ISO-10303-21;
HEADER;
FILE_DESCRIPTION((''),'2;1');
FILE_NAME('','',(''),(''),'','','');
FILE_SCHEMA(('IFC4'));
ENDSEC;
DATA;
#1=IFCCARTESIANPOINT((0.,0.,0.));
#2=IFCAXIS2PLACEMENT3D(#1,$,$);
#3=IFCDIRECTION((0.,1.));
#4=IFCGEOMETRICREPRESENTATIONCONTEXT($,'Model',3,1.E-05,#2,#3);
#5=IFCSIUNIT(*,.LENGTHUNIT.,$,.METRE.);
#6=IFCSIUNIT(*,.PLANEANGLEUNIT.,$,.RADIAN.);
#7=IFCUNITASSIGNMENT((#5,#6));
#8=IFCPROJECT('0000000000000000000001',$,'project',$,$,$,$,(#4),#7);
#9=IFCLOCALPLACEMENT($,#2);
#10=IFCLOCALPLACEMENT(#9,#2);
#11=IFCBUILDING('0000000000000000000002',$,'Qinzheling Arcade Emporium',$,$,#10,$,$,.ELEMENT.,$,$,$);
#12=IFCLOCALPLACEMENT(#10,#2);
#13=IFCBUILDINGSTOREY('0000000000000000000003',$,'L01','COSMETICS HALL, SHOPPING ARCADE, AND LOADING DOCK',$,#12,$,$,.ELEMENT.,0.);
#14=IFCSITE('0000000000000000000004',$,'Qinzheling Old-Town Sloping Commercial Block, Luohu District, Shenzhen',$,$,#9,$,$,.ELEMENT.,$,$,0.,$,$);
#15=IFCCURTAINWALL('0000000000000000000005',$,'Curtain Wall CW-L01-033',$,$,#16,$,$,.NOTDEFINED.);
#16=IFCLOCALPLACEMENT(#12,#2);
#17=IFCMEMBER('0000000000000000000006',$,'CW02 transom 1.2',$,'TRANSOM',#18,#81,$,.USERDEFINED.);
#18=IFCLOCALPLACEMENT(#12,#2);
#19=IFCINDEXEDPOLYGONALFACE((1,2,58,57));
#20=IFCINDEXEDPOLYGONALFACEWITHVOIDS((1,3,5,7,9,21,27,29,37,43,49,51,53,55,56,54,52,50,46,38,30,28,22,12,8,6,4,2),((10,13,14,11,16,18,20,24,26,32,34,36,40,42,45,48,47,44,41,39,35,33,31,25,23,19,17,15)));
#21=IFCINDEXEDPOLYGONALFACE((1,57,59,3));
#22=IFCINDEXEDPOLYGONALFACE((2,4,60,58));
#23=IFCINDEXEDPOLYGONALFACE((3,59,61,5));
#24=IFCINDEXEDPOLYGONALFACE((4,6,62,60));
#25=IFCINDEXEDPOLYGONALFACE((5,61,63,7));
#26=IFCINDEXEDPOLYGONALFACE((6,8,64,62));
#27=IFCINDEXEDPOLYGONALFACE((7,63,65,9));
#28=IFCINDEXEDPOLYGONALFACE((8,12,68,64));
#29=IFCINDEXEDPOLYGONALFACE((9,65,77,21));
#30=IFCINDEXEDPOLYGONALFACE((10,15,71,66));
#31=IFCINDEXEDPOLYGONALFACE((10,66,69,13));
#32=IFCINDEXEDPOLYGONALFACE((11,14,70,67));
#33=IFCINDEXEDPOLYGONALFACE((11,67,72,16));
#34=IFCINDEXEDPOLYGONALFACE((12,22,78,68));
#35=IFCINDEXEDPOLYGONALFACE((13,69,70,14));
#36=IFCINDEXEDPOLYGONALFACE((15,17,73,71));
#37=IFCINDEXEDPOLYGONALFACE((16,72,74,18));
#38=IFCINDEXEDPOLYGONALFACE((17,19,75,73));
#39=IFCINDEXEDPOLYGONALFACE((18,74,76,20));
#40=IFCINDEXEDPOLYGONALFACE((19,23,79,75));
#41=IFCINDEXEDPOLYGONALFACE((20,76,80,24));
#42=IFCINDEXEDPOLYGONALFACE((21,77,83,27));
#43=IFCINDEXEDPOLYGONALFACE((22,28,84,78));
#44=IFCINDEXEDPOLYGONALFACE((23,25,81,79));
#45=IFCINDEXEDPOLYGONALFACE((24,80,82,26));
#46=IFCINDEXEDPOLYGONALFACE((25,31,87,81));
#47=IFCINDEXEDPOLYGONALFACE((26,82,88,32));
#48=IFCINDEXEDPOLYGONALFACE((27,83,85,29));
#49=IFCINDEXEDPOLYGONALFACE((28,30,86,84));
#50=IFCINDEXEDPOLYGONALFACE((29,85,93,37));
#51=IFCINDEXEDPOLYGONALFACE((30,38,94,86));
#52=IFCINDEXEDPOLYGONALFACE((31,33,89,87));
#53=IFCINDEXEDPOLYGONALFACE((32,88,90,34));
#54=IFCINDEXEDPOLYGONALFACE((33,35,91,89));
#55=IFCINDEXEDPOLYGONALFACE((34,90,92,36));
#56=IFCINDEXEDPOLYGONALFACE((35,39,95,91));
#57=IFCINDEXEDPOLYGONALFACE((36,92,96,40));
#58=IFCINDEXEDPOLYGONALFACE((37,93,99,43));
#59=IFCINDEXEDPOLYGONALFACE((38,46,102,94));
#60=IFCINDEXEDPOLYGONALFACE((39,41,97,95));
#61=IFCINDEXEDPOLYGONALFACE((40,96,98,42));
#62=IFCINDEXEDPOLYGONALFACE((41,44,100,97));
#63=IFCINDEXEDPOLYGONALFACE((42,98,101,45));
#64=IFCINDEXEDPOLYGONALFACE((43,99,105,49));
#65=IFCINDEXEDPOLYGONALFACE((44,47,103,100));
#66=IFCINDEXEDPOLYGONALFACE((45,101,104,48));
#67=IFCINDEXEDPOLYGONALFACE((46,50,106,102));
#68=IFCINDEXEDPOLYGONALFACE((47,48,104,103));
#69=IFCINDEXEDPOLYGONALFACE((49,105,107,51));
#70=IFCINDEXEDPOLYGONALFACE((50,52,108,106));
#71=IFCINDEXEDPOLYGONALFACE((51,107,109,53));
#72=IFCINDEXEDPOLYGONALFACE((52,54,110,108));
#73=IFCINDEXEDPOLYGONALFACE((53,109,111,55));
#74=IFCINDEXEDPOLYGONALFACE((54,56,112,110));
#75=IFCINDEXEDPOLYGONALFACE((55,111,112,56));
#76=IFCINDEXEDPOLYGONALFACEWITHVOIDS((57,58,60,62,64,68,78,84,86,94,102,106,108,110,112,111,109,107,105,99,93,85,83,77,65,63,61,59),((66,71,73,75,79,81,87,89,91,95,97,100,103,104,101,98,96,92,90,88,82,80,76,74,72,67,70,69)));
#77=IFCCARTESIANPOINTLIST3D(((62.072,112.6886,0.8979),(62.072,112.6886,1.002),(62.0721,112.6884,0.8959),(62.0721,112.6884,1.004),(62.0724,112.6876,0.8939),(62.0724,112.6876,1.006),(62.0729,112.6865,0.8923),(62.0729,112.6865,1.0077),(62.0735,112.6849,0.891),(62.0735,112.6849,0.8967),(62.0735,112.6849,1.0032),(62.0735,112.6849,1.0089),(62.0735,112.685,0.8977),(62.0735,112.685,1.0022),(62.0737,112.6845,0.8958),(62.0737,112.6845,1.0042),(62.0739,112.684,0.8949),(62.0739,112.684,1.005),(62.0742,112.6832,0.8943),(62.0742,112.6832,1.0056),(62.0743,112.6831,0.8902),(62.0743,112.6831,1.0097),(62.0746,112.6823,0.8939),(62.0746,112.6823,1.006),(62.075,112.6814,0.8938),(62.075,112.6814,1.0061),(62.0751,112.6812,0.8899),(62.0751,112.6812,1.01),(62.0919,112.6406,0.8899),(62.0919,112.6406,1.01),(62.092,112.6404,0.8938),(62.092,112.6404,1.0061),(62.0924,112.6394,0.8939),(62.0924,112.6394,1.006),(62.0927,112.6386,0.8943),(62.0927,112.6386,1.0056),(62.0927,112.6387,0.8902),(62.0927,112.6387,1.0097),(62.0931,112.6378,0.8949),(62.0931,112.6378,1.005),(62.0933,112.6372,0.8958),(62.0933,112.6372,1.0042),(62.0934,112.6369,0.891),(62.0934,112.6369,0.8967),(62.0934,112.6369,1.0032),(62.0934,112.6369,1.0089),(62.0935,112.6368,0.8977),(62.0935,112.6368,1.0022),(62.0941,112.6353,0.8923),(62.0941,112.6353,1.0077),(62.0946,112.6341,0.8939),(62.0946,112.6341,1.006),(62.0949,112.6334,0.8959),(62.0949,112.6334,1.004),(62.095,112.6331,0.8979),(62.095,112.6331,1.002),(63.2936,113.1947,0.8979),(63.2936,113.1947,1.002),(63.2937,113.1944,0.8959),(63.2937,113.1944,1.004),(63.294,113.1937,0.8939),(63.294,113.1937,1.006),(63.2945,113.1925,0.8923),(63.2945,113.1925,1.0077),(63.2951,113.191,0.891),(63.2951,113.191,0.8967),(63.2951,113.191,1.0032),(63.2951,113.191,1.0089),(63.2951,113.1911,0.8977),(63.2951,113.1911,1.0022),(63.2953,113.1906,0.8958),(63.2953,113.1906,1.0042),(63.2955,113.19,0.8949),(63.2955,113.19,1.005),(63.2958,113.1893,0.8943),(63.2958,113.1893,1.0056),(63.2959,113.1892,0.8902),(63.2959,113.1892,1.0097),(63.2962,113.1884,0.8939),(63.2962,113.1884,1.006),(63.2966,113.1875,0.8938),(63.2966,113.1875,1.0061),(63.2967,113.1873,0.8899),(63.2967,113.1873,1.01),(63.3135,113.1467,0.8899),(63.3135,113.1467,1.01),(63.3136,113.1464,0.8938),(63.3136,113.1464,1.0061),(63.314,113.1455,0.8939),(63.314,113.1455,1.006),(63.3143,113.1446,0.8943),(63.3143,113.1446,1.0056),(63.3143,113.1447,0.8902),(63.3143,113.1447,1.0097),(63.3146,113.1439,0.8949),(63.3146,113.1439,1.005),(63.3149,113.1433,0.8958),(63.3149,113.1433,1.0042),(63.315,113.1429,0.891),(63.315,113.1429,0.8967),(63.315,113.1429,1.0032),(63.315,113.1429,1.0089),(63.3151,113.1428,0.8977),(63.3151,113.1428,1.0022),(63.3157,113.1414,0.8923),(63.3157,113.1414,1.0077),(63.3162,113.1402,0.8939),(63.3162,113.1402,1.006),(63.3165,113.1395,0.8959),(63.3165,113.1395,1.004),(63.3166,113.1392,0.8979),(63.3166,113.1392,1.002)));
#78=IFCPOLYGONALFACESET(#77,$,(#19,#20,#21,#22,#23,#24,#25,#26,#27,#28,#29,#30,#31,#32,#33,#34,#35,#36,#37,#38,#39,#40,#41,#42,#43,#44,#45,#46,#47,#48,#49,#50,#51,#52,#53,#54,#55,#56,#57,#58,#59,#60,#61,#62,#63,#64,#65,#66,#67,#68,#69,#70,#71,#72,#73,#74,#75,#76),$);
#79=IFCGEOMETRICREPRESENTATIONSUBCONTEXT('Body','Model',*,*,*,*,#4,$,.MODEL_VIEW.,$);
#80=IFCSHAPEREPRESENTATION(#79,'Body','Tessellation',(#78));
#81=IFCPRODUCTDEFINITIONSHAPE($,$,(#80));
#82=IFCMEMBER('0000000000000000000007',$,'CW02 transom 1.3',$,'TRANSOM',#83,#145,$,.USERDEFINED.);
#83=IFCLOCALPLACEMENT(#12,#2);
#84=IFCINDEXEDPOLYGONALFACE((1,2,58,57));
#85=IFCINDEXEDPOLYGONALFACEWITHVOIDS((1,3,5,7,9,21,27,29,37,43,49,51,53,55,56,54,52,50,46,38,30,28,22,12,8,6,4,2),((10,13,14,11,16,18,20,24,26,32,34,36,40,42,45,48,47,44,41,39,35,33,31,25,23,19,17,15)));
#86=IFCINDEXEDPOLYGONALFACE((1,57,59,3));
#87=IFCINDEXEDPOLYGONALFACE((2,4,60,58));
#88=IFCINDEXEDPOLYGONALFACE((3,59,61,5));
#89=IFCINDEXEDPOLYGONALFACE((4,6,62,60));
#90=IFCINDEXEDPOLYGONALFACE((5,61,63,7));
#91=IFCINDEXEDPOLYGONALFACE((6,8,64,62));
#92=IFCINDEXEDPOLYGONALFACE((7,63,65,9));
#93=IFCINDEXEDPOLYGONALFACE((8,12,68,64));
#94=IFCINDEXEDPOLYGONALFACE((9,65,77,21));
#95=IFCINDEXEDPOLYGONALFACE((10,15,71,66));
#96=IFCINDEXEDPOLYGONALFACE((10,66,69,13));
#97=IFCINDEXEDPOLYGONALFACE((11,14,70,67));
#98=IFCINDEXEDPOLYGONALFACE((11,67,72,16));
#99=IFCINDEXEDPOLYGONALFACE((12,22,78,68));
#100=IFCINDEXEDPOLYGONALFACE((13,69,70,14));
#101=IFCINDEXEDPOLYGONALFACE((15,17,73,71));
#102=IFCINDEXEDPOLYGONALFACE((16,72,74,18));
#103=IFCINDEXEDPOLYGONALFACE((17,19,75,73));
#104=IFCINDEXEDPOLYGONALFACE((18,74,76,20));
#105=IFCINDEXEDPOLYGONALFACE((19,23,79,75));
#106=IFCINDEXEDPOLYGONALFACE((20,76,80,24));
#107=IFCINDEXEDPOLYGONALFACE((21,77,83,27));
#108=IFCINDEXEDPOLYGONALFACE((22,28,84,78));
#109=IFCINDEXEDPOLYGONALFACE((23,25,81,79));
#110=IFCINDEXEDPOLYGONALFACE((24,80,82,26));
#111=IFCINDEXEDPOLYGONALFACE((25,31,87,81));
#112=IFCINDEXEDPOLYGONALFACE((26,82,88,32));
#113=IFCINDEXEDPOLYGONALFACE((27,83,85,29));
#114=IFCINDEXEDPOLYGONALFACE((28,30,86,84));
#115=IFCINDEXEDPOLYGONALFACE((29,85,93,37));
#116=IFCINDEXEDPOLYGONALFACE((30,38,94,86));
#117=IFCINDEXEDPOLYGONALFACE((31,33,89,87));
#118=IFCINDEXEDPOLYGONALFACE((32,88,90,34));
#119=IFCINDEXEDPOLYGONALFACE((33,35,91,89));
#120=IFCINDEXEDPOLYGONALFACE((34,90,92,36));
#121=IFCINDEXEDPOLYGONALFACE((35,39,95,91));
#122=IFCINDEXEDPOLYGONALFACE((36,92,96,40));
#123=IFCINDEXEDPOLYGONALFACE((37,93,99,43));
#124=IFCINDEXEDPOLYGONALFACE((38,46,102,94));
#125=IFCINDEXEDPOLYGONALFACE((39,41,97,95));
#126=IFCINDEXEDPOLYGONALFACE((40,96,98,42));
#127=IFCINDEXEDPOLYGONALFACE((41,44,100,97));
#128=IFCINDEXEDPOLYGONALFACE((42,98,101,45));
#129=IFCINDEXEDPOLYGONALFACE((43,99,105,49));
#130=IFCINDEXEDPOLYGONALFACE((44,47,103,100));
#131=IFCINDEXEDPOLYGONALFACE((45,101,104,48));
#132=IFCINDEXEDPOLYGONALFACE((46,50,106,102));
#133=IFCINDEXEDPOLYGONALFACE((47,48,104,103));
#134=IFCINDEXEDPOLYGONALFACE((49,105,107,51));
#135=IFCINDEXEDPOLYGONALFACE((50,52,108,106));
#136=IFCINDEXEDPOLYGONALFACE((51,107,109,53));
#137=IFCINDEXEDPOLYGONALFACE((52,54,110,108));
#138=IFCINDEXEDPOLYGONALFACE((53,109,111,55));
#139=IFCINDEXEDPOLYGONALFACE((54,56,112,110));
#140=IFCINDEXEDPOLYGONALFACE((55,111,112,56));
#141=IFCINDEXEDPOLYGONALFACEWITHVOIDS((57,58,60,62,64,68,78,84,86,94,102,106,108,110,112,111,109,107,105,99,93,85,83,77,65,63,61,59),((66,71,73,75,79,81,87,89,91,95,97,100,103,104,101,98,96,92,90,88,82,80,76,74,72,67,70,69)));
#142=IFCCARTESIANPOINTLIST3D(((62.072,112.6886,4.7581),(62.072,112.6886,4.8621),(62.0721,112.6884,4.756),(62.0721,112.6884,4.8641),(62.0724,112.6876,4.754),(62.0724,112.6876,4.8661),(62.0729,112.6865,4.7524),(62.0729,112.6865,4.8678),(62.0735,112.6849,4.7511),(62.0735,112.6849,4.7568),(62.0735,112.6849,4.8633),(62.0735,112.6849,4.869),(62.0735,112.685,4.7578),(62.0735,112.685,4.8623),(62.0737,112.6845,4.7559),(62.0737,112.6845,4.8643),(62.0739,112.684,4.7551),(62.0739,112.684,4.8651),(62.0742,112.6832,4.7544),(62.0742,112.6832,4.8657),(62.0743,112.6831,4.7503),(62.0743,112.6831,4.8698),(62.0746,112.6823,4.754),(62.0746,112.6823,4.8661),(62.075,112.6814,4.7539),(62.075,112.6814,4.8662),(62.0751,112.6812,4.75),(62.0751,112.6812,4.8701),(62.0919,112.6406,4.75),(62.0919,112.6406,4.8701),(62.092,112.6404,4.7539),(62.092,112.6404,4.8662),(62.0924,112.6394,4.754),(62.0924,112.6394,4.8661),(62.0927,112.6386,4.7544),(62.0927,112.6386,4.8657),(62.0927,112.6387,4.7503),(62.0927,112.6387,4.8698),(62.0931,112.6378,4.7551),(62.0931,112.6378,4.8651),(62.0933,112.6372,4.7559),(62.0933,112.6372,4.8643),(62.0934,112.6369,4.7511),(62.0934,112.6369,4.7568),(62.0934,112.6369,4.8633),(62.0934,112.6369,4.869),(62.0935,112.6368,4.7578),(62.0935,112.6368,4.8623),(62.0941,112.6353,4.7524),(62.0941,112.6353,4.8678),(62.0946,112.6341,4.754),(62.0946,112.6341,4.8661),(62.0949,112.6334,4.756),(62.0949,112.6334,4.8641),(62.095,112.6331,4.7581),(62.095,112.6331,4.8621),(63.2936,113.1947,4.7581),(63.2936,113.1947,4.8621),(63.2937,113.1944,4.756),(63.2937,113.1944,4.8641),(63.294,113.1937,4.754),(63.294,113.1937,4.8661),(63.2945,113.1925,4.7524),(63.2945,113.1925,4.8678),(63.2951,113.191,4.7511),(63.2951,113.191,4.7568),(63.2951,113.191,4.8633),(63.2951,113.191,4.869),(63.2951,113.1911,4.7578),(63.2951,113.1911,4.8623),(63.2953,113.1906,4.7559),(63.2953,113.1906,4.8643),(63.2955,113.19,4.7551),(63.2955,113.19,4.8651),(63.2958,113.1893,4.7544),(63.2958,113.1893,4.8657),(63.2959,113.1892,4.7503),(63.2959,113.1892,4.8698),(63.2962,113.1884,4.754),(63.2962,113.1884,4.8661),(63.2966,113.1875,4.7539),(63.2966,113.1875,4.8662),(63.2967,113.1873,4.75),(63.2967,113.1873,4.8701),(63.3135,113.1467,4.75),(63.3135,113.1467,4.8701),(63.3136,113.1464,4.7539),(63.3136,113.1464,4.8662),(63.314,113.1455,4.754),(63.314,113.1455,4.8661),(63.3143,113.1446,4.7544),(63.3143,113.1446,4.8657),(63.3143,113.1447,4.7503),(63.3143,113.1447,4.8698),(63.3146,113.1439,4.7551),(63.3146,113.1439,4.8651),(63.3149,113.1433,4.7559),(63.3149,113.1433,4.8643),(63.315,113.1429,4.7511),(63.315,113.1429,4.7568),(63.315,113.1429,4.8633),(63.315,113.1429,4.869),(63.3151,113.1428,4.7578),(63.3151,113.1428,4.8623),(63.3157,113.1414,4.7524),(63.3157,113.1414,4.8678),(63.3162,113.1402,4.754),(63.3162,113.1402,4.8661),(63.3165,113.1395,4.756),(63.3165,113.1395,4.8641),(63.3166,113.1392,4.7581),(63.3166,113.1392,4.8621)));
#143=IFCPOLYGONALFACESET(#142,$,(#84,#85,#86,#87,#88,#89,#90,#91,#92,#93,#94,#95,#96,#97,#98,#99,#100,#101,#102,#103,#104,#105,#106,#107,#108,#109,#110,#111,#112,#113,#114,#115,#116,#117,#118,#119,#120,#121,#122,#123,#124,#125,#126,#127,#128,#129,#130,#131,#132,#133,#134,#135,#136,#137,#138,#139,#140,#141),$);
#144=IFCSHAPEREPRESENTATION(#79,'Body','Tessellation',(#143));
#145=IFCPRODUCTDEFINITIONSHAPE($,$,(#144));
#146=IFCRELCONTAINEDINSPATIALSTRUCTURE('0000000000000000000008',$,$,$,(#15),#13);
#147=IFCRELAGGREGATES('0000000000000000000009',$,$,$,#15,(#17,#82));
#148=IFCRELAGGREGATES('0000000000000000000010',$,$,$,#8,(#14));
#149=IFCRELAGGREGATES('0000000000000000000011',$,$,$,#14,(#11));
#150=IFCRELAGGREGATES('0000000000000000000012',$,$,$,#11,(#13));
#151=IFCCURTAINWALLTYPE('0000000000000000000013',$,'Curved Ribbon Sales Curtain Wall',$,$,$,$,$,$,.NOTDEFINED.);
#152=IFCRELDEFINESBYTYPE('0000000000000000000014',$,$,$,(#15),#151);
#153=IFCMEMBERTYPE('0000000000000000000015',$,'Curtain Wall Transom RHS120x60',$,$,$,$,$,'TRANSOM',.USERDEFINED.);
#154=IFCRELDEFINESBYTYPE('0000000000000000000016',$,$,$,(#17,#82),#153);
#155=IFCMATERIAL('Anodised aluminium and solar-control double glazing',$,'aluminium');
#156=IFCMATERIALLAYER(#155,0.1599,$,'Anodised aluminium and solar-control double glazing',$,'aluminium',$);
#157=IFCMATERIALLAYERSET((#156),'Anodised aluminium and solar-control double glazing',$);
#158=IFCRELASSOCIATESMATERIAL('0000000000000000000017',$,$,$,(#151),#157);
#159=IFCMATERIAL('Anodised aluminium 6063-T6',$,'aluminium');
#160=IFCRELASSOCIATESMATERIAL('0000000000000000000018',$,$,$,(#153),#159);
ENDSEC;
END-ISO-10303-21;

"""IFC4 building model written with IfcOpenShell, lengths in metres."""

from ifc_helpers import new_model, si_unit, direction, frame, origin, origin_2d, place, context, subcontext, project, spatial, hollow_rectangle, extrude, material, layer, layer_set, material_profile, profile_set, type_object, element, aggregate, save


model = new_model("IFC4")

# Units and contexts
model_context = context("Model", 3, precision=1e-05, world=origin(), true_north=direction((0.0, 1.0)))
body_context = subcontext(model_context, "Body", "Model", "MODEL_VIEW")
ifc_project = project(units=[si_unit("LENGTHUNIT", "METRE"), si_unit("PLANEANGLEUNIT", "RADIAN")], contexts=[model_context])

# Site, building, storey
site_placement = place(None, origin())
site = spatial("IfcSite", under=ifc_project, at=site_placement, Name="Qinzheling Old-Town Sloping Commercial Block, Luohu District, Shenzhen", CompositionType="ELEMENT", RefElevation=0.0)
building_placement = place(site_placement, origin())
building = spatial("IfcBuilding", under=site, at=building_placement, Name="Qinzheling Arcade Emporium", CompositionType="ELEMENT")
storey_placement = place(building_placement, origin())
storey = spatial("IfcBuildingStorey", under=building, at=storey_placement, Name="L01", Description="COSMETICS HALL, SHOPPING ARCADE, AND LOADING DOCK", CompositionType="ELEMENT", Elevation=0.0)

# Shared definitions
ifc_material_1 = material(Name="Anodised aluminium and solar-control double glazing", Category="aluminium")
ifc_layer_1 = layer(ifc_material_1, 0.1599, Name="Anodised aluminium and solar-control double glazing", Category="aluminium")
ifc_layer_set_1 = layer_set([ifc_layer_1], Name="Anodised aluminium and solar-control double glazing")
curtain_wall_type = type_object("IfcCurtainWallType", Name="Curved Ribbon Sales Curtain Wall", PredefinedType="NOTDEFINED", material=ifc_layer_set_1)
ifc_material_2 = material(Name="Anodised aluminium 6063-T6", Category="aluminium")

# Curtain wall
curtain_wall_1_placement = place(storey_placement, origin())
curtain_wall_1 = element("IfcCurtainWall", 1, at=curtain_wall_1_placement, inside=storey, type_object=curtain_wall_type, Name="Curtain Wall CW-L01-033", PredefinedType="NOTDEFINED")

# Members
ifc_material_profile_1 = material_profile(ifc_material_2, hollow_rectangle(XDim=0.0601, YDim=0.1201, WallThickness=0.0039, InnerFilletRadius=0.0039, OuterFilletRadius=0.0081, at=origin_2d()), Name="RHS 120x60x4", Category="aluminium")
ifc_profile_set_1 = profile_set([ifc_material_profile_1], Name="Anodised aluminium 6063-T6")
member_type_1 = type_object("IfcMemberType", Name="Curtain Wall Transom RHS120x60", ElementType="TRANSOM", PredefinedType="USERDEFINED", material=ifc_profile_set_1)
member_1_placement = place(storey_placement, frame((62.0835, 112.6609, 0.95), z_axis=(0.923862, 0.382727, 0.0), x_axis=(-0.382727, 0.923862, 0.0)))
member_1 = element("IfcMember", 2, at=member_1_placement, type_object=member_type_1, Name="CW02 transom 1.2", ObjectType="TRANSOM", PredefinedType="USERDEFINED", context=body_context, shape_type="SweptSolid", body=[
    extrude(hollow_rectangle(XDim=0.0601, YDim=0.1201, WallThickness=0.0039, InnerFilletRadius=0.0039, OuterFilletRadius=0.0081, at=origin_2d()), origin(), (0.0, 0.0, 1.0), 1.3223),
])
member_2_placement = place(storey_placement, frame((62.0835, 112.6609, 4.8101), z_axis=(0.923862, 0.382727, 0.0), x_axis=(-0.382727, 0.923862, 0.0)))
member_2 = element("IfcMember", 3, at=member_2_placement, type_object=member_type_1, Name="CW02 transom 1.3", ObjectType="TRANSOM", PredefinedType="USERDEFINED", context=body_context, shape_type="SweptSolid", body=[
    extrude(hollow_rectangle(XDim=0.0601, YDim=0.1201, WallThickness=0.0039, InnerFilletRadius=0.0039, OuterFilletRadius=0.0081, at=origin_2d()), origin(), (0.0, 0.0, 1.0), 1.3223),
])

aggregate(curtain_wall_1, [member_1, member_2])

save(model, "model.ifc")
